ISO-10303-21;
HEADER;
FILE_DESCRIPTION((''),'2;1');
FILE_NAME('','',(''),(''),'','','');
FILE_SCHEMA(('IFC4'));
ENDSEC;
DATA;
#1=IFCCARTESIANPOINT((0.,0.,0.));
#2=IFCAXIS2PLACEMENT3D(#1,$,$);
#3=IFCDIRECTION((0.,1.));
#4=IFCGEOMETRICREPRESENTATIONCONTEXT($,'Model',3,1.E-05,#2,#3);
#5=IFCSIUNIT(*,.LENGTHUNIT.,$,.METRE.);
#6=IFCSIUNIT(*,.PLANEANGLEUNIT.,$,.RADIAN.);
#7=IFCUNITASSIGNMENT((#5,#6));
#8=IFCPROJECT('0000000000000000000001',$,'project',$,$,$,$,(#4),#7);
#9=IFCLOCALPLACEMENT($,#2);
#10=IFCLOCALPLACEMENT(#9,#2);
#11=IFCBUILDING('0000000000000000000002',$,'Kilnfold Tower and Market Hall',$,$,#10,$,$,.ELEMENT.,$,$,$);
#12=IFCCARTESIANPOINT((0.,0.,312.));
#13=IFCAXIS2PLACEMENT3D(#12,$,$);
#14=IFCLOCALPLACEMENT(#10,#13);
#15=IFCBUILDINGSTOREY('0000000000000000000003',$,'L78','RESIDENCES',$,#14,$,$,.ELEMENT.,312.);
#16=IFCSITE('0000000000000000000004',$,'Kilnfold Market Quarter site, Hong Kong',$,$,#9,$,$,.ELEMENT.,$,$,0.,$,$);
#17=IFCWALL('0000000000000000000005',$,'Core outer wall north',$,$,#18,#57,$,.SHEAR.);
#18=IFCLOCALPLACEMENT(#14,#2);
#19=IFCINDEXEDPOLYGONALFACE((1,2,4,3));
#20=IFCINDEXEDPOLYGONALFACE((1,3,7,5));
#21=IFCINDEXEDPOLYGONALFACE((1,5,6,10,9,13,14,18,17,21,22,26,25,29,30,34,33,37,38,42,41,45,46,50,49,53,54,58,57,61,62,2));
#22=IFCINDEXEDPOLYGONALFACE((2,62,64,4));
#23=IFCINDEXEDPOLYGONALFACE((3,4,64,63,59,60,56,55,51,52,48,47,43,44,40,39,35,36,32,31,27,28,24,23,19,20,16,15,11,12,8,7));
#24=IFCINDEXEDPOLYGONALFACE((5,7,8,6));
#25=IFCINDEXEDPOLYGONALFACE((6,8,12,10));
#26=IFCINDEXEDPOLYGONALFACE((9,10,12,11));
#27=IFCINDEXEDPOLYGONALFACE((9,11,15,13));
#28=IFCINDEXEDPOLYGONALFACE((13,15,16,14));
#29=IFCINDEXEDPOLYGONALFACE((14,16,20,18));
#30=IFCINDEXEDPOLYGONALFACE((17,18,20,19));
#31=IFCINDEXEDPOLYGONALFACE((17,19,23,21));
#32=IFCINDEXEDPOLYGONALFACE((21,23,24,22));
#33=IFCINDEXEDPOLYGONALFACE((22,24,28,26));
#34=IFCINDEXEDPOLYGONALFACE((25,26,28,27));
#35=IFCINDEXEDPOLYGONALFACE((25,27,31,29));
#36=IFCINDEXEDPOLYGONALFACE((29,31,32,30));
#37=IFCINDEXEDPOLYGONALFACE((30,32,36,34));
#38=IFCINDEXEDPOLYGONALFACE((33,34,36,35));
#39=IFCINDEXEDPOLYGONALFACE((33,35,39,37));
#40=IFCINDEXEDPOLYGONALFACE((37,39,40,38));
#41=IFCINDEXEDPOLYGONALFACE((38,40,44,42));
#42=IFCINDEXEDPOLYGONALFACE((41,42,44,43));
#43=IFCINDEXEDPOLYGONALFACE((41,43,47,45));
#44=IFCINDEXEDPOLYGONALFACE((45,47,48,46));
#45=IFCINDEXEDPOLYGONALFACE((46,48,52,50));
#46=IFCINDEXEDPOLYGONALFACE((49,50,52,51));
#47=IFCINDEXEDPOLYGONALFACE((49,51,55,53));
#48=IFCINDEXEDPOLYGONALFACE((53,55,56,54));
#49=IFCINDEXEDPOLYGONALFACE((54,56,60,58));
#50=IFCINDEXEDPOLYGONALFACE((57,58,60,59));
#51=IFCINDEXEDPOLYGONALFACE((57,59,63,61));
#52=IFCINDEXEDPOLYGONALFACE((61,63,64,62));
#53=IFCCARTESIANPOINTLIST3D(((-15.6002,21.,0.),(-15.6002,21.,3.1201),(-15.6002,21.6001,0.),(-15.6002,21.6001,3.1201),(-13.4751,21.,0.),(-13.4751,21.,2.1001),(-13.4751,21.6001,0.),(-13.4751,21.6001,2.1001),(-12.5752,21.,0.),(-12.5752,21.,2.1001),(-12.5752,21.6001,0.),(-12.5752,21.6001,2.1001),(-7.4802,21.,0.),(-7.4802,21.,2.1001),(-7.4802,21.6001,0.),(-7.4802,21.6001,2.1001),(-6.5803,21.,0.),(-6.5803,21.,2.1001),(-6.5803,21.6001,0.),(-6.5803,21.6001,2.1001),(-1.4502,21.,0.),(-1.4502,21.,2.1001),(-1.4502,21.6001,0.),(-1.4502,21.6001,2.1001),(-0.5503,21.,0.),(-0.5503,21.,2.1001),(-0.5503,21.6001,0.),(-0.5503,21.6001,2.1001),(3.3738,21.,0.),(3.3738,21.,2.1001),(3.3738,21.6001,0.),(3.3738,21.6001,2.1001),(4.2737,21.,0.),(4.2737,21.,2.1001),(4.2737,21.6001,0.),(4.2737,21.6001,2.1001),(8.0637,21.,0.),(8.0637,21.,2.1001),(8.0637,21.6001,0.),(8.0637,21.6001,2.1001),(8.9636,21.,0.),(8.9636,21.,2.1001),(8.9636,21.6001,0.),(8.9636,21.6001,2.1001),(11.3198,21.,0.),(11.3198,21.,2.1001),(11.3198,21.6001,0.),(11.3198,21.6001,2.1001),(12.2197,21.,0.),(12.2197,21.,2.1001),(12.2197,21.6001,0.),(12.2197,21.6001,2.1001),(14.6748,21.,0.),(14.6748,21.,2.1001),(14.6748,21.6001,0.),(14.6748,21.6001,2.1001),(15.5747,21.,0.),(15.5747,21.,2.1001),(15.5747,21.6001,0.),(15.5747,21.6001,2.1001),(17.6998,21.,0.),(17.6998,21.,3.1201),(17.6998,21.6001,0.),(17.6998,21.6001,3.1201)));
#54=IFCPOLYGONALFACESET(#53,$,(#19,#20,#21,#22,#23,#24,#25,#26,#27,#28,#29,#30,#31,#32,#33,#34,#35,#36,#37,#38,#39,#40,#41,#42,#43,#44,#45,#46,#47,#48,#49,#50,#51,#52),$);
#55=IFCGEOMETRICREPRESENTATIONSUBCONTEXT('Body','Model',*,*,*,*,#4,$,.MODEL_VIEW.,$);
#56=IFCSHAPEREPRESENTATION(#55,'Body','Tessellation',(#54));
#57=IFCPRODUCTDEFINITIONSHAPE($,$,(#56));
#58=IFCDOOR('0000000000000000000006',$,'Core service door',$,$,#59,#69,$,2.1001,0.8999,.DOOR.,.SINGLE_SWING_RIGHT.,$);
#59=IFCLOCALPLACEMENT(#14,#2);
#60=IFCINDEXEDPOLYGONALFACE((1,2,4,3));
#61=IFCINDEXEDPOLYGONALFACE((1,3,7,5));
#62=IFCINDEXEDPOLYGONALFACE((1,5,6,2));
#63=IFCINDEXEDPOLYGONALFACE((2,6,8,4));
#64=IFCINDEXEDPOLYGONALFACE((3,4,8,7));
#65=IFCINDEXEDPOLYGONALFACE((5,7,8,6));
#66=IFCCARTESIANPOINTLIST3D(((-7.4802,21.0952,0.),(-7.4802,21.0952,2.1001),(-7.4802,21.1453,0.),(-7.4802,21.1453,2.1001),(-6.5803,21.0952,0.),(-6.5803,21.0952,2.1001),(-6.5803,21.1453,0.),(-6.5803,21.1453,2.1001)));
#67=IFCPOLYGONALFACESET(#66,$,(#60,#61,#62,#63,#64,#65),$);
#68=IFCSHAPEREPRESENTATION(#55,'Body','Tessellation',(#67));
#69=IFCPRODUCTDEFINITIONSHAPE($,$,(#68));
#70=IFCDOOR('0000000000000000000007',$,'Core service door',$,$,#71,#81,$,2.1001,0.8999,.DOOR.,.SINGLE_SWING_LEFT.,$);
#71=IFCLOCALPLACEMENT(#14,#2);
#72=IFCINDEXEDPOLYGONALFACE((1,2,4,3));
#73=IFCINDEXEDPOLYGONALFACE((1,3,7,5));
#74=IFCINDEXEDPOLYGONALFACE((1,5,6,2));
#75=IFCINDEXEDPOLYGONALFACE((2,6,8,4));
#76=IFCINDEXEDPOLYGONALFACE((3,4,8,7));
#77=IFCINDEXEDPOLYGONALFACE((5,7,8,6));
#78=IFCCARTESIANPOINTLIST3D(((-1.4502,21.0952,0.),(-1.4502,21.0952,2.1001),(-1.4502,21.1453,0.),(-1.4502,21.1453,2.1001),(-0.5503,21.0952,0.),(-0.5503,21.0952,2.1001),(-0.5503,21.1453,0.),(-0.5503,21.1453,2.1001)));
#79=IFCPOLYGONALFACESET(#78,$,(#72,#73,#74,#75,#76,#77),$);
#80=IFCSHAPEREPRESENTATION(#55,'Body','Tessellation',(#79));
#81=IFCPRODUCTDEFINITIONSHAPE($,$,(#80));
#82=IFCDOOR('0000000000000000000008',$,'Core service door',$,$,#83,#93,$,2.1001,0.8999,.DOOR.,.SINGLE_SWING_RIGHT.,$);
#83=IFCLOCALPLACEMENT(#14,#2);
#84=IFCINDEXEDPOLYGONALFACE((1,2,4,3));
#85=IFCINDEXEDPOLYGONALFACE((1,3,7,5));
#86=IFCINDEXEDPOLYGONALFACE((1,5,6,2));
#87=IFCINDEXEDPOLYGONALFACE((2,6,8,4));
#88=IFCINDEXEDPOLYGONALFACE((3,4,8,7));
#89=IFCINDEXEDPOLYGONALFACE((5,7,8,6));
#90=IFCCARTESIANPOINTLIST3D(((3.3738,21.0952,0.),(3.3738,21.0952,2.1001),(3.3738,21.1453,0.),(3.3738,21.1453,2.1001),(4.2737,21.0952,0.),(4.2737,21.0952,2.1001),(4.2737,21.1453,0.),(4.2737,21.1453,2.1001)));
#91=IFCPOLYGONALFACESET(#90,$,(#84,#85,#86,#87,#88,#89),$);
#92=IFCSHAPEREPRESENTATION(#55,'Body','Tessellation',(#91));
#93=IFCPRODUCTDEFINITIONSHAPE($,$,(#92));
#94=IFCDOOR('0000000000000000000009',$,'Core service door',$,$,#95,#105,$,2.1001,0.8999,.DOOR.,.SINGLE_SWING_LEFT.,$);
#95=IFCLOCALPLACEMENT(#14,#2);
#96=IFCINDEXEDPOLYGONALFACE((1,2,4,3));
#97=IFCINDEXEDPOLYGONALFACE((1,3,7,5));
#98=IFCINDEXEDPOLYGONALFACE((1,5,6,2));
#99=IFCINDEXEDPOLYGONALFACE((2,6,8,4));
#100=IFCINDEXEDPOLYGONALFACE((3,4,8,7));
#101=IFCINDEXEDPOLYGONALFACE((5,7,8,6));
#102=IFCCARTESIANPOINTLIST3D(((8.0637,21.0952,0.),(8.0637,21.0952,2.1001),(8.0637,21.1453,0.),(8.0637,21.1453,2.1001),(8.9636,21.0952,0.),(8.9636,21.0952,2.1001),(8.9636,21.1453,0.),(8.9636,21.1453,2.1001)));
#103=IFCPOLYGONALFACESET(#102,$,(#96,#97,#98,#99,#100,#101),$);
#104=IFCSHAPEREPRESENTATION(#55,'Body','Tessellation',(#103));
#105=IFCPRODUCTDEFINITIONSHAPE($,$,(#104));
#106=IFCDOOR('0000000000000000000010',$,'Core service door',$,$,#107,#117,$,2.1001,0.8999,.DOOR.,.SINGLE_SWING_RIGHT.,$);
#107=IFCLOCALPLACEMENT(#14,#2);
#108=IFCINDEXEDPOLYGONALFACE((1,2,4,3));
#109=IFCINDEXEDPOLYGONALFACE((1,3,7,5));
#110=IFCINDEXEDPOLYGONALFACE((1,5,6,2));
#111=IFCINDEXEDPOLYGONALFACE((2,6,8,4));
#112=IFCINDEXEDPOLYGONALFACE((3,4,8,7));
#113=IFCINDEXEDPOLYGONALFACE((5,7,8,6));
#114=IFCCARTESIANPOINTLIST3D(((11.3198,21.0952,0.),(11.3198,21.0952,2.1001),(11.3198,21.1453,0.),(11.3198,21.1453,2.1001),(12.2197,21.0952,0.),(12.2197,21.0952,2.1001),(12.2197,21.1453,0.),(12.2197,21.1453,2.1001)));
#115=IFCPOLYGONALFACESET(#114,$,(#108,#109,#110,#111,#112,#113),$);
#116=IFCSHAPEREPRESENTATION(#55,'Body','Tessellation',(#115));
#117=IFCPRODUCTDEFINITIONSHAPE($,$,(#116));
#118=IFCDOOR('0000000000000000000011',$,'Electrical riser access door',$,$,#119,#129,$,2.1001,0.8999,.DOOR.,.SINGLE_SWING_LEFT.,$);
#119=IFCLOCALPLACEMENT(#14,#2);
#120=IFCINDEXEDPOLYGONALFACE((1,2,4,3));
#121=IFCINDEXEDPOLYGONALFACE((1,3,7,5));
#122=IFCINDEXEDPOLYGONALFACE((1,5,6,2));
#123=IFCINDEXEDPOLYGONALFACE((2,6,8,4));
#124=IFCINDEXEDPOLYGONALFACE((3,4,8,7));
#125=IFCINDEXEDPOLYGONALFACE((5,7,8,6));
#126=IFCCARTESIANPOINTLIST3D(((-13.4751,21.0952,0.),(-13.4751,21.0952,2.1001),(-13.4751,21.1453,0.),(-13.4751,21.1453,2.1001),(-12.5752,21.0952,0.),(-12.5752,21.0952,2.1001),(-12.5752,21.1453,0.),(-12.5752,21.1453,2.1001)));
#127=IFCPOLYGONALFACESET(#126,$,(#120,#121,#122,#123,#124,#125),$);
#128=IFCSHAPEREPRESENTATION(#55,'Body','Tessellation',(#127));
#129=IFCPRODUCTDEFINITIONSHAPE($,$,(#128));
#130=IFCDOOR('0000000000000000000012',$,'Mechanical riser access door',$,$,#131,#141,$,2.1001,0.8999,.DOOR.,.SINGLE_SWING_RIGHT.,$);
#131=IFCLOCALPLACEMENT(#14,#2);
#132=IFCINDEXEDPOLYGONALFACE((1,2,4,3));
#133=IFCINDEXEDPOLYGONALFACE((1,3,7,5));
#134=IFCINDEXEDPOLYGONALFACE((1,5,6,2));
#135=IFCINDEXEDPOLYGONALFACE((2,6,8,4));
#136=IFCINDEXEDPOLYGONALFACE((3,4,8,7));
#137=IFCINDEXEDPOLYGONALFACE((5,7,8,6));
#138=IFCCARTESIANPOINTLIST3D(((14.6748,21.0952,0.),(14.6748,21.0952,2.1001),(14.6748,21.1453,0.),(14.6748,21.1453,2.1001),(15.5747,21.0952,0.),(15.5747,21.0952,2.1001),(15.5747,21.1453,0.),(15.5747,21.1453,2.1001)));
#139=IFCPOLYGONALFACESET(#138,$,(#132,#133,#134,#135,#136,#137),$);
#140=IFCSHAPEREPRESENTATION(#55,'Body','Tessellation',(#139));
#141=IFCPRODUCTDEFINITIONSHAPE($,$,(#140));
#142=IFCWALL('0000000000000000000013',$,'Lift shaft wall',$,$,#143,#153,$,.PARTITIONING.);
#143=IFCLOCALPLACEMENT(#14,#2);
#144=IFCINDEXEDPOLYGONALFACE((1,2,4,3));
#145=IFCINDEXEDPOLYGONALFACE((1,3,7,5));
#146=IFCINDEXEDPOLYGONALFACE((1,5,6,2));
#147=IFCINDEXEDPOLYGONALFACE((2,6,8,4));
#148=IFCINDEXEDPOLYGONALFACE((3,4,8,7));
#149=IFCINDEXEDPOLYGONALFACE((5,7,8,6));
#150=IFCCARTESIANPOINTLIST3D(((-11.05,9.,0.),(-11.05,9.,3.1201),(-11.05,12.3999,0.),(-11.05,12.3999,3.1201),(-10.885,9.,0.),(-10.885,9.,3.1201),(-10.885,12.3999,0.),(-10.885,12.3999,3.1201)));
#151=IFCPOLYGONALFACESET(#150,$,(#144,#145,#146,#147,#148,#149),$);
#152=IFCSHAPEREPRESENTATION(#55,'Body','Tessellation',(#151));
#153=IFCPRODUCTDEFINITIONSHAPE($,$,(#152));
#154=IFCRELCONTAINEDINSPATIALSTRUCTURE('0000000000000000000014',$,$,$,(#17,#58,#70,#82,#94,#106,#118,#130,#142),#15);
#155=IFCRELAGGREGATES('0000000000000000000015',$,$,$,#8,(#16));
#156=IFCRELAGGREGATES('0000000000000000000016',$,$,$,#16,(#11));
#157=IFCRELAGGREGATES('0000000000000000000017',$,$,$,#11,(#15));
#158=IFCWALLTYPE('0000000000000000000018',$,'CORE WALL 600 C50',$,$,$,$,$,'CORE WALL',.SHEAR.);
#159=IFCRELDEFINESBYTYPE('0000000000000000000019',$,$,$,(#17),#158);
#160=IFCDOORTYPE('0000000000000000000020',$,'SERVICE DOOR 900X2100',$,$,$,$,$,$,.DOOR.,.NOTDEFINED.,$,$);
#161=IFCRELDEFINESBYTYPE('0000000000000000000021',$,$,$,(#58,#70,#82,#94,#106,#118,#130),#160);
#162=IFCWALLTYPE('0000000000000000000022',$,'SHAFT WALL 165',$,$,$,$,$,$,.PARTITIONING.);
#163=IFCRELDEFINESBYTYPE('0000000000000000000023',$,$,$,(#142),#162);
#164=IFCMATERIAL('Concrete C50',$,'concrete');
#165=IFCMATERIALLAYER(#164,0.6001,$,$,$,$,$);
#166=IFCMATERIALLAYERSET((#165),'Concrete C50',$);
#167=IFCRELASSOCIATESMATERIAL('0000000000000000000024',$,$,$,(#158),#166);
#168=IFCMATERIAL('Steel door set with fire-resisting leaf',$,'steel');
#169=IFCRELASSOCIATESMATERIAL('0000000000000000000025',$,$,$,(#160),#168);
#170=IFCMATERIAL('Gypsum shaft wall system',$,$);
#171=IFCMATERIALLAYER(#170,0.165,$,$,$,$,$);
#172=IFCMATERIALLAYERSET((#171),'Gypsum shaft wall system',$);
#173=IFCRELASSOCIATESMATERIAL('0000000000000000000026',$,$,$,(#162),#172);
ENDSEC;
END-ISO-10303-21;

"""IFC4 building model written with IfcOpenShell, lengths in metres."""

from ifc_helpers import new_model, si_unit, direction, frame, frame_2d, origin, place, context, subcontext, project, spatial, rectangle, extrude, source, transform, mapped, material, layer, layer_set, type_object, element, fill, save


model = new_model("IFC4")

# Units and contexts
model_context = context("Model", 3, precision=1e-05, world=origin(), true_north=direction((0.0, 1.0)))
body_context = subcontext(model_context, "Body", "Model", "MODEL_VIEW")
ifc_project = project(units=[si_unit("LENGTHUNIT", "METRE"), si_unit("PLANEANGLEUNIT", "RADIAN")], contexts=[model_context])

# Site, building, storey
site_placement = place(None, origin())
site = spatial("IfcSite", under=ifc_project, at=site_placement, Name="Kilnfold Market Quarter site, Hong Kong", CompositionType="ELEMENT", RefElevation=0.0)
building_placement = place(site_placement, origin())
building = spatial("IfcBuilding", under=site, at=building_placement, Name="Kilnfold Tower and Market Hall", CompositionType="ELEMENT")
storey_placement = place(building_placement, frame((0.0, 0.0, 312.0)))
storey = spatial("IfcBuildingStorey", under=building, at=storey_placement, Name="L78", Description="RESIDENCES", CompositionType="ELEMENT", Elevation=312.0)

# Wall, openings, doors
ifc_material_1 = material(Name="Concrete C50", Category="concrete")
ifc_layer_1 = layer(ifc_material_1, 0.6001)
ifc_layer_set_1 = layer_set([ifc_layer_1], Name="Concrete C50")
wall_type_1 = type_object("IfcWallType", Name="CORE WALL 600 C50", ElementType="CORE WALL", PredefinedType="SHEAR", material=ifc_layer_set_1)
shared_shape_1 = source(origin(), body_context, "Body", "SweptSolid", [
    extrude(rectangle(XDim=33.3, YDim=0.6001, at=frame_2d((16.6499, 0.0))), origin(), (0.0, 0.0, 1.0), 3.1201),
])
wall_1_placement = place(storey_placement, frame((-15.6001, 21.3, 0.0), z_axis=(0.0, 0.0, 1.0), x_axis=(1.0, 0.0, 0.0)))
wall_1 = element("IfcWall", 1, at=wall_1_placement, inside=storey, type_object=wall_type_1, Name="Core outer wall north", PredefinedType="SHEAR", context=body_context, shape_type="MappedRepresentation", body=[
    mapped(shared_shape_1, transform((0.0, 0.0, 0.0))),
])
opening_1_placement = place(wall_1_placement, frame((8.1199, 0.0, 0.0)))
opening_1 = element("IfcOpeningElement", 2, at=opening_1_placement, cuts=wall_1, PredefinedType="OPENING", context=body_context, shape_type="SweptSolid", body=[
    extrude(rectangle(XDim=0.8999, YDim=2.1001, at=frame_2d((0.45, 1.05))), frame((0.0, 0.3101, 0.0), z_axis=(0.0, -1.0, 0.0), x_axis=(1.0, 0.0, 0.0)), (0.0, 0.0, 1.0), 0.6201),
])
opening_2_placement = place(wall_1_placement, frame((14.1499, 0.0, 0.0)))
opening_2 = element("IfcOpeningElement", 3, at=opening_2_placement, cuts=wall_1, PredefinedType="OPENING", context=body_context, shape_type="SweptSolid", body=[
    extrude(rectangle(XDim=0.8999, YDim=2.1001, at=frame_2d((0.45, 1.05))), frame((0.0, 0.3101, 0.0), z_axis=(0.0, -1.0, 0.0), x_axis=(1.0, 0.0, 0.0)), (0.0, 0.0, 1.0), 0.6201),
])
opening_3_placement = place(wall_1_placement, frame((18.9739, 0.0, 0.0)))
opening_3 = element("IfcOpeningElement", 4, at=opening_3_placement, cuts=wall_1, PredefinedType="OPENING", context=body_context, shape_type="SweptSolid", body=[
    extrude(rectangle(XDim=0.8999, YDim=2.1001, at=frame_2d((0.45, 1.05))), frame((0.0, 0.3101, 0.0), z_axis=(0.0, -1.0, 0.0), x_axis=(1.0, 0.0, 0.0)), (0.0, 0.0, 1.0), 0.6201),
])
opening_4_placement = place(wall_1_placement, frame((23.6638, 0.0, 0.0)))
opening_4 = element("IfcOpeningElement", 5, at=opening_4_placement, cuts=wall_1, PredefinedType="OPENING", context=body_context, shape_type="SweptSolid", body=[
    extrude(rectangle(XDim=0.8999, YDim=2.1001, at=frame_2d((0.45, 1.05))), frame((0.0, 0.3101, 0.0), z_axis=(0.0, -1.0, 0.0), x_axis=(1.0, 0.0, 0.0)), (0.0, 0.0, 1.0), 0.6201),
])
opening_5_placement = place(wall_1_placement, frame((26.9199, 0.0, 0.0)))
opening_5 = element("IfcOpeningElement", 6, at=opening_5_placement, cuts=wall_1, PredefinedType="OPENING", context=body_context, shape_type="SweptSolid", body=[
    extrude(rectangle(XDim=0.8999, YDim=2.1001, at=frame_2d((0.45, 1.05))), frame((0.0, 0.3101, 0.0), z_axis=(0.0, -1.0, 0.0), x_axis=(1.0, 0.0, 0.0)), (0.0, 0.0, 1.0), 0.6201),
])
opening_6_placement = place(wall_1_placement, frame((2.125, 0.0, 0.0)))
opening_6 = element("IfcOpeningElement", 7, at=opening_6_placement, cuts=wall_1, PredefinedType="OPENING", context=body_context, shape_type="SweptSolid", body=[
    extrude(rectangle(XDim=0.8999, YDim=2.1001, at=frame_2d((0.45, 1.05))), frame((0.0, 0.3101, 0.0), z_axis=(0.0, -1.0, 0.0), x_axis=(1.0, 0.0, 0.0)), (0.0, 0.0, 1.0), 0.6201),
])
opening_7_placement = place(wall_1_placement, frame((30.2749, 0.0, 0.0)))
opening_7 = element("IfcOpeningElement", 8, at=opening_7_placement, cuts=wall_1, PredefinedType="OPENING", context=body_context, shape_type="SweptSolid", body=[
    extrude(rectangle(XDim=0.8999, YDim=2.1001, at=frame_2d((0.45, 1.05))), frame((0.0, 0.3101, 0.0), z_axis=(0.0, -1.0, 0.0), x_axis=(1.0, 0.0, 0.0)), (0.0, 0.0, 1.0), 0.6201),
])
ifc_material_2 = material(Name="Steel door set with fire-resisting leaf", Category="steel")
door_type = type_object("IfcDoorType", Name="SERVICE DOOR 900X2100", OperationType="NOTDEFINED", PredefinedType="DOOR", material=ifc_material_2)
door_1_placement = place(opening_1_placement, origin())
door_1 = element("IfcDoor", 9, at=door_1_placement, inside=storey, type_object=door_type, Name="Core service door", OperationType="SINGLE_SWING_RIGHT", OverallHeight=2.1001, OverallWidth=0.8999, PredefinedType="DOOR", context=body_context, shape_type="SweptSolid", body=[
    extrude(rectangle(XDim=0.8999, YDim=2.1001, at=frame_2d((0.45, 1.05))), frame((0.0, -0.1548, 0.0), z_axis=(0.0, -1.0, 0.0), x_axis=(1.0, 0.0, 0.0)), (0.0, 0.0, 1.0), 0.05),
])
fill(opening_1, door_1)
door_2_placement = place(opening_2_placement, origin())
door_2 = element("IfcDoor", 10, at=door_2_placement, inside=storey, type_object=door_type, Name="Core service door", OperationType="SINGLE_SWING_LEFT", OverallHeight=2.1001, OverallWidth=0.8999, PredefinedType="DOOR", context=body_context, shape_type="SweptSolid", body=[
    extrude(rectangle(XDim=0.8999, YDim=2.1001, at=frame_2d((0.45, 1.05))), frame((0.0, -0.1548, 0.0), z_axis=(0.0, -1.0, 0.0), x_axis=(1.0, 0.0, 0.0)), (0.0, 0.0, 1.0), 0.05),
])
fill(opening_2, door_2)
door_3_placement = place(opening_3_placement, origin())
door_3 = element("IfcDoor", 11, at=door_3_placement, inside=storey, type_object=door_type, Name="Core service door", OperationType="SINGLE_SWING_RIGHT", OverallHeight=2.1001, OverallWidth=0.8999, PredefinedType="DOOR", context=body_context, shape_type="SweptSolid", body=[
    extrude(rectangle(XDim=0.8999, YDim=2.1001, at=frame_2d((0.45, 1.05))), frame((0.0, -0.1548, 0.0), z_axis=(0.0, -1.0, 0.0), x_axis=(1.0, 0.0, 0.0)), (0.0, 0.0, 1.0), 0.05),
])
fill(opening_3, door_3)
door_4_placement = place(opening_4_placement, origin())
door_4 = element("IfcDoor", 12, at=door_4_placement, inside=storey, type_object=door_type, Name="Core service door", OperationType="SINGLE_SWING_LEFT", OverallHeight=2.1001, OverallWidth=0.8999, PredefinedType="DOOR", context=body_context, shape_type="SweptSolid", body=[
    extrude(rectangle(XDim=0.8999, YDim=2.1001, at=frame_2d((0.45, 1.05))), frame((0.0, -0.1548, 0.0), z_axis=(0.0, -1.0, 0.0), x_axis=(1.0, 0.0, 0.0)), (0.0, 0.0, 1.0), 0.05),
])
fill(opening_4, door_4)
door_5_placement = place(opening_5_placement, origin())
door_5 = element("IfcDoor", 13, at=door_5_placement, inside=storey, type_object=door_type, Name="Core service door", OperationType="SINGLE_SWING_RIGHT", OverallHeight=2.1001, OverallWidth=0.8999, PredefinedType="DOOR", context=body_context, shape_type="SweptSolid", body=[
    extrude(rectangle(XDim=0.8999, YDim=2.1001, at=frame_2d((0.45, 1.05))), frame((0.0, -0.1548, 0.0), z_axis=(0.0, -1.0, 0.0), x_axis=(1.0, 0.0, 0.0)), (0.0, 0.0, 1.0), 0.05),
])
fill(opening_5, door_5)
door_6_placement = place(opening_6_placement, origin())
door_6 = element("IfcDoor", 14, at=door_6_placement, inside=storey, type_object=door_type, Name="Electrical riser access door", OperationType="SINGLE_SWING_LEFT", OverallHeight=2.1001, OverallWidth=0.8999, PredefinedType="DOOR", context=body_context, shape_type="SweptSolid", body=[
    extrude(rectangle(XDim=0.8999, YDim=2.1001, at=frame_2d((0.45, 1.05))), frame((0.0, -0.1548, 0.0), z_axis=(0.0, -1.0, 0.0), x_axis=(1.0, 0.0, 0.0)), (0.0, 0.0, 1.0), 0.05),
])
fill(opening_6, door_6)
door_7_placement = place(opening_7_placement, origin())
door_7 = element("IfcDoor", 15, at=door_7_placement, inside=storey, type_object=door_type, Name="Mechanical riser access door", OperationType="SINGLE_SWING_RIGHT", OverallHeight=2.1001, OverallWidth=0.8999, PredefinedType="DOOR", context=body_context, shape_type="SweptSolid", body=[
    extrude(rectangle(XDim=0.8999, YDim=2.1001, at=frame_2d((0.45, 1.05))), frame((0.0, -0.1548, 0.0), z_axis=(0.0, -1.0, 0.0), x_axis=(1.0, 0.0, 0.0)), (0.0, 0.0, 1.0), 0.05),
])
fill(opening_7, door_7)

# Wall
ifc_material_3 = material(Name="Gypsum shaft wall system")
ifc_layer_2 = layer(ifc_material_3, 0.165)
ifc_layer_set_2 = layer_set([ifc_layer_2], Name="Gypsum shaft wall system")
wall_type_2 = type_object("IfcWallType", Name="SHAFT WALL 165", PredefinedType="PARTITIONING", material=ifc_layer_set_2)
shared_shape_2 = source(origin(), body_context, "Body", "SweptSolid", [
    extrude(rectangle(XDim=3.3999, YDim=0.165, at=frame_2d((1.7, 0.0))), origin(), (0.0, 0.0, 1.0), 3.1201),
])
wall_2_placement = place(storey_placement, frame((-10.9675, 9.0, 0.0), z_axis=(0.0, 0.0, 1.0), x_axis=(0.0, 1.0, 0.0)))
element("IfcWall", 16, at=wall_2_placement, inside=storey, type_object=wall_type_2, Name="Lift shaft wall", PredefinedType="PARTITIONING", context=body_context, shape_type="MappedRepresentation", body=[
    mapped(shared_shape_2, transform((0.0, 0.0, 0.0))),
])

save(model, "model.ifc")
